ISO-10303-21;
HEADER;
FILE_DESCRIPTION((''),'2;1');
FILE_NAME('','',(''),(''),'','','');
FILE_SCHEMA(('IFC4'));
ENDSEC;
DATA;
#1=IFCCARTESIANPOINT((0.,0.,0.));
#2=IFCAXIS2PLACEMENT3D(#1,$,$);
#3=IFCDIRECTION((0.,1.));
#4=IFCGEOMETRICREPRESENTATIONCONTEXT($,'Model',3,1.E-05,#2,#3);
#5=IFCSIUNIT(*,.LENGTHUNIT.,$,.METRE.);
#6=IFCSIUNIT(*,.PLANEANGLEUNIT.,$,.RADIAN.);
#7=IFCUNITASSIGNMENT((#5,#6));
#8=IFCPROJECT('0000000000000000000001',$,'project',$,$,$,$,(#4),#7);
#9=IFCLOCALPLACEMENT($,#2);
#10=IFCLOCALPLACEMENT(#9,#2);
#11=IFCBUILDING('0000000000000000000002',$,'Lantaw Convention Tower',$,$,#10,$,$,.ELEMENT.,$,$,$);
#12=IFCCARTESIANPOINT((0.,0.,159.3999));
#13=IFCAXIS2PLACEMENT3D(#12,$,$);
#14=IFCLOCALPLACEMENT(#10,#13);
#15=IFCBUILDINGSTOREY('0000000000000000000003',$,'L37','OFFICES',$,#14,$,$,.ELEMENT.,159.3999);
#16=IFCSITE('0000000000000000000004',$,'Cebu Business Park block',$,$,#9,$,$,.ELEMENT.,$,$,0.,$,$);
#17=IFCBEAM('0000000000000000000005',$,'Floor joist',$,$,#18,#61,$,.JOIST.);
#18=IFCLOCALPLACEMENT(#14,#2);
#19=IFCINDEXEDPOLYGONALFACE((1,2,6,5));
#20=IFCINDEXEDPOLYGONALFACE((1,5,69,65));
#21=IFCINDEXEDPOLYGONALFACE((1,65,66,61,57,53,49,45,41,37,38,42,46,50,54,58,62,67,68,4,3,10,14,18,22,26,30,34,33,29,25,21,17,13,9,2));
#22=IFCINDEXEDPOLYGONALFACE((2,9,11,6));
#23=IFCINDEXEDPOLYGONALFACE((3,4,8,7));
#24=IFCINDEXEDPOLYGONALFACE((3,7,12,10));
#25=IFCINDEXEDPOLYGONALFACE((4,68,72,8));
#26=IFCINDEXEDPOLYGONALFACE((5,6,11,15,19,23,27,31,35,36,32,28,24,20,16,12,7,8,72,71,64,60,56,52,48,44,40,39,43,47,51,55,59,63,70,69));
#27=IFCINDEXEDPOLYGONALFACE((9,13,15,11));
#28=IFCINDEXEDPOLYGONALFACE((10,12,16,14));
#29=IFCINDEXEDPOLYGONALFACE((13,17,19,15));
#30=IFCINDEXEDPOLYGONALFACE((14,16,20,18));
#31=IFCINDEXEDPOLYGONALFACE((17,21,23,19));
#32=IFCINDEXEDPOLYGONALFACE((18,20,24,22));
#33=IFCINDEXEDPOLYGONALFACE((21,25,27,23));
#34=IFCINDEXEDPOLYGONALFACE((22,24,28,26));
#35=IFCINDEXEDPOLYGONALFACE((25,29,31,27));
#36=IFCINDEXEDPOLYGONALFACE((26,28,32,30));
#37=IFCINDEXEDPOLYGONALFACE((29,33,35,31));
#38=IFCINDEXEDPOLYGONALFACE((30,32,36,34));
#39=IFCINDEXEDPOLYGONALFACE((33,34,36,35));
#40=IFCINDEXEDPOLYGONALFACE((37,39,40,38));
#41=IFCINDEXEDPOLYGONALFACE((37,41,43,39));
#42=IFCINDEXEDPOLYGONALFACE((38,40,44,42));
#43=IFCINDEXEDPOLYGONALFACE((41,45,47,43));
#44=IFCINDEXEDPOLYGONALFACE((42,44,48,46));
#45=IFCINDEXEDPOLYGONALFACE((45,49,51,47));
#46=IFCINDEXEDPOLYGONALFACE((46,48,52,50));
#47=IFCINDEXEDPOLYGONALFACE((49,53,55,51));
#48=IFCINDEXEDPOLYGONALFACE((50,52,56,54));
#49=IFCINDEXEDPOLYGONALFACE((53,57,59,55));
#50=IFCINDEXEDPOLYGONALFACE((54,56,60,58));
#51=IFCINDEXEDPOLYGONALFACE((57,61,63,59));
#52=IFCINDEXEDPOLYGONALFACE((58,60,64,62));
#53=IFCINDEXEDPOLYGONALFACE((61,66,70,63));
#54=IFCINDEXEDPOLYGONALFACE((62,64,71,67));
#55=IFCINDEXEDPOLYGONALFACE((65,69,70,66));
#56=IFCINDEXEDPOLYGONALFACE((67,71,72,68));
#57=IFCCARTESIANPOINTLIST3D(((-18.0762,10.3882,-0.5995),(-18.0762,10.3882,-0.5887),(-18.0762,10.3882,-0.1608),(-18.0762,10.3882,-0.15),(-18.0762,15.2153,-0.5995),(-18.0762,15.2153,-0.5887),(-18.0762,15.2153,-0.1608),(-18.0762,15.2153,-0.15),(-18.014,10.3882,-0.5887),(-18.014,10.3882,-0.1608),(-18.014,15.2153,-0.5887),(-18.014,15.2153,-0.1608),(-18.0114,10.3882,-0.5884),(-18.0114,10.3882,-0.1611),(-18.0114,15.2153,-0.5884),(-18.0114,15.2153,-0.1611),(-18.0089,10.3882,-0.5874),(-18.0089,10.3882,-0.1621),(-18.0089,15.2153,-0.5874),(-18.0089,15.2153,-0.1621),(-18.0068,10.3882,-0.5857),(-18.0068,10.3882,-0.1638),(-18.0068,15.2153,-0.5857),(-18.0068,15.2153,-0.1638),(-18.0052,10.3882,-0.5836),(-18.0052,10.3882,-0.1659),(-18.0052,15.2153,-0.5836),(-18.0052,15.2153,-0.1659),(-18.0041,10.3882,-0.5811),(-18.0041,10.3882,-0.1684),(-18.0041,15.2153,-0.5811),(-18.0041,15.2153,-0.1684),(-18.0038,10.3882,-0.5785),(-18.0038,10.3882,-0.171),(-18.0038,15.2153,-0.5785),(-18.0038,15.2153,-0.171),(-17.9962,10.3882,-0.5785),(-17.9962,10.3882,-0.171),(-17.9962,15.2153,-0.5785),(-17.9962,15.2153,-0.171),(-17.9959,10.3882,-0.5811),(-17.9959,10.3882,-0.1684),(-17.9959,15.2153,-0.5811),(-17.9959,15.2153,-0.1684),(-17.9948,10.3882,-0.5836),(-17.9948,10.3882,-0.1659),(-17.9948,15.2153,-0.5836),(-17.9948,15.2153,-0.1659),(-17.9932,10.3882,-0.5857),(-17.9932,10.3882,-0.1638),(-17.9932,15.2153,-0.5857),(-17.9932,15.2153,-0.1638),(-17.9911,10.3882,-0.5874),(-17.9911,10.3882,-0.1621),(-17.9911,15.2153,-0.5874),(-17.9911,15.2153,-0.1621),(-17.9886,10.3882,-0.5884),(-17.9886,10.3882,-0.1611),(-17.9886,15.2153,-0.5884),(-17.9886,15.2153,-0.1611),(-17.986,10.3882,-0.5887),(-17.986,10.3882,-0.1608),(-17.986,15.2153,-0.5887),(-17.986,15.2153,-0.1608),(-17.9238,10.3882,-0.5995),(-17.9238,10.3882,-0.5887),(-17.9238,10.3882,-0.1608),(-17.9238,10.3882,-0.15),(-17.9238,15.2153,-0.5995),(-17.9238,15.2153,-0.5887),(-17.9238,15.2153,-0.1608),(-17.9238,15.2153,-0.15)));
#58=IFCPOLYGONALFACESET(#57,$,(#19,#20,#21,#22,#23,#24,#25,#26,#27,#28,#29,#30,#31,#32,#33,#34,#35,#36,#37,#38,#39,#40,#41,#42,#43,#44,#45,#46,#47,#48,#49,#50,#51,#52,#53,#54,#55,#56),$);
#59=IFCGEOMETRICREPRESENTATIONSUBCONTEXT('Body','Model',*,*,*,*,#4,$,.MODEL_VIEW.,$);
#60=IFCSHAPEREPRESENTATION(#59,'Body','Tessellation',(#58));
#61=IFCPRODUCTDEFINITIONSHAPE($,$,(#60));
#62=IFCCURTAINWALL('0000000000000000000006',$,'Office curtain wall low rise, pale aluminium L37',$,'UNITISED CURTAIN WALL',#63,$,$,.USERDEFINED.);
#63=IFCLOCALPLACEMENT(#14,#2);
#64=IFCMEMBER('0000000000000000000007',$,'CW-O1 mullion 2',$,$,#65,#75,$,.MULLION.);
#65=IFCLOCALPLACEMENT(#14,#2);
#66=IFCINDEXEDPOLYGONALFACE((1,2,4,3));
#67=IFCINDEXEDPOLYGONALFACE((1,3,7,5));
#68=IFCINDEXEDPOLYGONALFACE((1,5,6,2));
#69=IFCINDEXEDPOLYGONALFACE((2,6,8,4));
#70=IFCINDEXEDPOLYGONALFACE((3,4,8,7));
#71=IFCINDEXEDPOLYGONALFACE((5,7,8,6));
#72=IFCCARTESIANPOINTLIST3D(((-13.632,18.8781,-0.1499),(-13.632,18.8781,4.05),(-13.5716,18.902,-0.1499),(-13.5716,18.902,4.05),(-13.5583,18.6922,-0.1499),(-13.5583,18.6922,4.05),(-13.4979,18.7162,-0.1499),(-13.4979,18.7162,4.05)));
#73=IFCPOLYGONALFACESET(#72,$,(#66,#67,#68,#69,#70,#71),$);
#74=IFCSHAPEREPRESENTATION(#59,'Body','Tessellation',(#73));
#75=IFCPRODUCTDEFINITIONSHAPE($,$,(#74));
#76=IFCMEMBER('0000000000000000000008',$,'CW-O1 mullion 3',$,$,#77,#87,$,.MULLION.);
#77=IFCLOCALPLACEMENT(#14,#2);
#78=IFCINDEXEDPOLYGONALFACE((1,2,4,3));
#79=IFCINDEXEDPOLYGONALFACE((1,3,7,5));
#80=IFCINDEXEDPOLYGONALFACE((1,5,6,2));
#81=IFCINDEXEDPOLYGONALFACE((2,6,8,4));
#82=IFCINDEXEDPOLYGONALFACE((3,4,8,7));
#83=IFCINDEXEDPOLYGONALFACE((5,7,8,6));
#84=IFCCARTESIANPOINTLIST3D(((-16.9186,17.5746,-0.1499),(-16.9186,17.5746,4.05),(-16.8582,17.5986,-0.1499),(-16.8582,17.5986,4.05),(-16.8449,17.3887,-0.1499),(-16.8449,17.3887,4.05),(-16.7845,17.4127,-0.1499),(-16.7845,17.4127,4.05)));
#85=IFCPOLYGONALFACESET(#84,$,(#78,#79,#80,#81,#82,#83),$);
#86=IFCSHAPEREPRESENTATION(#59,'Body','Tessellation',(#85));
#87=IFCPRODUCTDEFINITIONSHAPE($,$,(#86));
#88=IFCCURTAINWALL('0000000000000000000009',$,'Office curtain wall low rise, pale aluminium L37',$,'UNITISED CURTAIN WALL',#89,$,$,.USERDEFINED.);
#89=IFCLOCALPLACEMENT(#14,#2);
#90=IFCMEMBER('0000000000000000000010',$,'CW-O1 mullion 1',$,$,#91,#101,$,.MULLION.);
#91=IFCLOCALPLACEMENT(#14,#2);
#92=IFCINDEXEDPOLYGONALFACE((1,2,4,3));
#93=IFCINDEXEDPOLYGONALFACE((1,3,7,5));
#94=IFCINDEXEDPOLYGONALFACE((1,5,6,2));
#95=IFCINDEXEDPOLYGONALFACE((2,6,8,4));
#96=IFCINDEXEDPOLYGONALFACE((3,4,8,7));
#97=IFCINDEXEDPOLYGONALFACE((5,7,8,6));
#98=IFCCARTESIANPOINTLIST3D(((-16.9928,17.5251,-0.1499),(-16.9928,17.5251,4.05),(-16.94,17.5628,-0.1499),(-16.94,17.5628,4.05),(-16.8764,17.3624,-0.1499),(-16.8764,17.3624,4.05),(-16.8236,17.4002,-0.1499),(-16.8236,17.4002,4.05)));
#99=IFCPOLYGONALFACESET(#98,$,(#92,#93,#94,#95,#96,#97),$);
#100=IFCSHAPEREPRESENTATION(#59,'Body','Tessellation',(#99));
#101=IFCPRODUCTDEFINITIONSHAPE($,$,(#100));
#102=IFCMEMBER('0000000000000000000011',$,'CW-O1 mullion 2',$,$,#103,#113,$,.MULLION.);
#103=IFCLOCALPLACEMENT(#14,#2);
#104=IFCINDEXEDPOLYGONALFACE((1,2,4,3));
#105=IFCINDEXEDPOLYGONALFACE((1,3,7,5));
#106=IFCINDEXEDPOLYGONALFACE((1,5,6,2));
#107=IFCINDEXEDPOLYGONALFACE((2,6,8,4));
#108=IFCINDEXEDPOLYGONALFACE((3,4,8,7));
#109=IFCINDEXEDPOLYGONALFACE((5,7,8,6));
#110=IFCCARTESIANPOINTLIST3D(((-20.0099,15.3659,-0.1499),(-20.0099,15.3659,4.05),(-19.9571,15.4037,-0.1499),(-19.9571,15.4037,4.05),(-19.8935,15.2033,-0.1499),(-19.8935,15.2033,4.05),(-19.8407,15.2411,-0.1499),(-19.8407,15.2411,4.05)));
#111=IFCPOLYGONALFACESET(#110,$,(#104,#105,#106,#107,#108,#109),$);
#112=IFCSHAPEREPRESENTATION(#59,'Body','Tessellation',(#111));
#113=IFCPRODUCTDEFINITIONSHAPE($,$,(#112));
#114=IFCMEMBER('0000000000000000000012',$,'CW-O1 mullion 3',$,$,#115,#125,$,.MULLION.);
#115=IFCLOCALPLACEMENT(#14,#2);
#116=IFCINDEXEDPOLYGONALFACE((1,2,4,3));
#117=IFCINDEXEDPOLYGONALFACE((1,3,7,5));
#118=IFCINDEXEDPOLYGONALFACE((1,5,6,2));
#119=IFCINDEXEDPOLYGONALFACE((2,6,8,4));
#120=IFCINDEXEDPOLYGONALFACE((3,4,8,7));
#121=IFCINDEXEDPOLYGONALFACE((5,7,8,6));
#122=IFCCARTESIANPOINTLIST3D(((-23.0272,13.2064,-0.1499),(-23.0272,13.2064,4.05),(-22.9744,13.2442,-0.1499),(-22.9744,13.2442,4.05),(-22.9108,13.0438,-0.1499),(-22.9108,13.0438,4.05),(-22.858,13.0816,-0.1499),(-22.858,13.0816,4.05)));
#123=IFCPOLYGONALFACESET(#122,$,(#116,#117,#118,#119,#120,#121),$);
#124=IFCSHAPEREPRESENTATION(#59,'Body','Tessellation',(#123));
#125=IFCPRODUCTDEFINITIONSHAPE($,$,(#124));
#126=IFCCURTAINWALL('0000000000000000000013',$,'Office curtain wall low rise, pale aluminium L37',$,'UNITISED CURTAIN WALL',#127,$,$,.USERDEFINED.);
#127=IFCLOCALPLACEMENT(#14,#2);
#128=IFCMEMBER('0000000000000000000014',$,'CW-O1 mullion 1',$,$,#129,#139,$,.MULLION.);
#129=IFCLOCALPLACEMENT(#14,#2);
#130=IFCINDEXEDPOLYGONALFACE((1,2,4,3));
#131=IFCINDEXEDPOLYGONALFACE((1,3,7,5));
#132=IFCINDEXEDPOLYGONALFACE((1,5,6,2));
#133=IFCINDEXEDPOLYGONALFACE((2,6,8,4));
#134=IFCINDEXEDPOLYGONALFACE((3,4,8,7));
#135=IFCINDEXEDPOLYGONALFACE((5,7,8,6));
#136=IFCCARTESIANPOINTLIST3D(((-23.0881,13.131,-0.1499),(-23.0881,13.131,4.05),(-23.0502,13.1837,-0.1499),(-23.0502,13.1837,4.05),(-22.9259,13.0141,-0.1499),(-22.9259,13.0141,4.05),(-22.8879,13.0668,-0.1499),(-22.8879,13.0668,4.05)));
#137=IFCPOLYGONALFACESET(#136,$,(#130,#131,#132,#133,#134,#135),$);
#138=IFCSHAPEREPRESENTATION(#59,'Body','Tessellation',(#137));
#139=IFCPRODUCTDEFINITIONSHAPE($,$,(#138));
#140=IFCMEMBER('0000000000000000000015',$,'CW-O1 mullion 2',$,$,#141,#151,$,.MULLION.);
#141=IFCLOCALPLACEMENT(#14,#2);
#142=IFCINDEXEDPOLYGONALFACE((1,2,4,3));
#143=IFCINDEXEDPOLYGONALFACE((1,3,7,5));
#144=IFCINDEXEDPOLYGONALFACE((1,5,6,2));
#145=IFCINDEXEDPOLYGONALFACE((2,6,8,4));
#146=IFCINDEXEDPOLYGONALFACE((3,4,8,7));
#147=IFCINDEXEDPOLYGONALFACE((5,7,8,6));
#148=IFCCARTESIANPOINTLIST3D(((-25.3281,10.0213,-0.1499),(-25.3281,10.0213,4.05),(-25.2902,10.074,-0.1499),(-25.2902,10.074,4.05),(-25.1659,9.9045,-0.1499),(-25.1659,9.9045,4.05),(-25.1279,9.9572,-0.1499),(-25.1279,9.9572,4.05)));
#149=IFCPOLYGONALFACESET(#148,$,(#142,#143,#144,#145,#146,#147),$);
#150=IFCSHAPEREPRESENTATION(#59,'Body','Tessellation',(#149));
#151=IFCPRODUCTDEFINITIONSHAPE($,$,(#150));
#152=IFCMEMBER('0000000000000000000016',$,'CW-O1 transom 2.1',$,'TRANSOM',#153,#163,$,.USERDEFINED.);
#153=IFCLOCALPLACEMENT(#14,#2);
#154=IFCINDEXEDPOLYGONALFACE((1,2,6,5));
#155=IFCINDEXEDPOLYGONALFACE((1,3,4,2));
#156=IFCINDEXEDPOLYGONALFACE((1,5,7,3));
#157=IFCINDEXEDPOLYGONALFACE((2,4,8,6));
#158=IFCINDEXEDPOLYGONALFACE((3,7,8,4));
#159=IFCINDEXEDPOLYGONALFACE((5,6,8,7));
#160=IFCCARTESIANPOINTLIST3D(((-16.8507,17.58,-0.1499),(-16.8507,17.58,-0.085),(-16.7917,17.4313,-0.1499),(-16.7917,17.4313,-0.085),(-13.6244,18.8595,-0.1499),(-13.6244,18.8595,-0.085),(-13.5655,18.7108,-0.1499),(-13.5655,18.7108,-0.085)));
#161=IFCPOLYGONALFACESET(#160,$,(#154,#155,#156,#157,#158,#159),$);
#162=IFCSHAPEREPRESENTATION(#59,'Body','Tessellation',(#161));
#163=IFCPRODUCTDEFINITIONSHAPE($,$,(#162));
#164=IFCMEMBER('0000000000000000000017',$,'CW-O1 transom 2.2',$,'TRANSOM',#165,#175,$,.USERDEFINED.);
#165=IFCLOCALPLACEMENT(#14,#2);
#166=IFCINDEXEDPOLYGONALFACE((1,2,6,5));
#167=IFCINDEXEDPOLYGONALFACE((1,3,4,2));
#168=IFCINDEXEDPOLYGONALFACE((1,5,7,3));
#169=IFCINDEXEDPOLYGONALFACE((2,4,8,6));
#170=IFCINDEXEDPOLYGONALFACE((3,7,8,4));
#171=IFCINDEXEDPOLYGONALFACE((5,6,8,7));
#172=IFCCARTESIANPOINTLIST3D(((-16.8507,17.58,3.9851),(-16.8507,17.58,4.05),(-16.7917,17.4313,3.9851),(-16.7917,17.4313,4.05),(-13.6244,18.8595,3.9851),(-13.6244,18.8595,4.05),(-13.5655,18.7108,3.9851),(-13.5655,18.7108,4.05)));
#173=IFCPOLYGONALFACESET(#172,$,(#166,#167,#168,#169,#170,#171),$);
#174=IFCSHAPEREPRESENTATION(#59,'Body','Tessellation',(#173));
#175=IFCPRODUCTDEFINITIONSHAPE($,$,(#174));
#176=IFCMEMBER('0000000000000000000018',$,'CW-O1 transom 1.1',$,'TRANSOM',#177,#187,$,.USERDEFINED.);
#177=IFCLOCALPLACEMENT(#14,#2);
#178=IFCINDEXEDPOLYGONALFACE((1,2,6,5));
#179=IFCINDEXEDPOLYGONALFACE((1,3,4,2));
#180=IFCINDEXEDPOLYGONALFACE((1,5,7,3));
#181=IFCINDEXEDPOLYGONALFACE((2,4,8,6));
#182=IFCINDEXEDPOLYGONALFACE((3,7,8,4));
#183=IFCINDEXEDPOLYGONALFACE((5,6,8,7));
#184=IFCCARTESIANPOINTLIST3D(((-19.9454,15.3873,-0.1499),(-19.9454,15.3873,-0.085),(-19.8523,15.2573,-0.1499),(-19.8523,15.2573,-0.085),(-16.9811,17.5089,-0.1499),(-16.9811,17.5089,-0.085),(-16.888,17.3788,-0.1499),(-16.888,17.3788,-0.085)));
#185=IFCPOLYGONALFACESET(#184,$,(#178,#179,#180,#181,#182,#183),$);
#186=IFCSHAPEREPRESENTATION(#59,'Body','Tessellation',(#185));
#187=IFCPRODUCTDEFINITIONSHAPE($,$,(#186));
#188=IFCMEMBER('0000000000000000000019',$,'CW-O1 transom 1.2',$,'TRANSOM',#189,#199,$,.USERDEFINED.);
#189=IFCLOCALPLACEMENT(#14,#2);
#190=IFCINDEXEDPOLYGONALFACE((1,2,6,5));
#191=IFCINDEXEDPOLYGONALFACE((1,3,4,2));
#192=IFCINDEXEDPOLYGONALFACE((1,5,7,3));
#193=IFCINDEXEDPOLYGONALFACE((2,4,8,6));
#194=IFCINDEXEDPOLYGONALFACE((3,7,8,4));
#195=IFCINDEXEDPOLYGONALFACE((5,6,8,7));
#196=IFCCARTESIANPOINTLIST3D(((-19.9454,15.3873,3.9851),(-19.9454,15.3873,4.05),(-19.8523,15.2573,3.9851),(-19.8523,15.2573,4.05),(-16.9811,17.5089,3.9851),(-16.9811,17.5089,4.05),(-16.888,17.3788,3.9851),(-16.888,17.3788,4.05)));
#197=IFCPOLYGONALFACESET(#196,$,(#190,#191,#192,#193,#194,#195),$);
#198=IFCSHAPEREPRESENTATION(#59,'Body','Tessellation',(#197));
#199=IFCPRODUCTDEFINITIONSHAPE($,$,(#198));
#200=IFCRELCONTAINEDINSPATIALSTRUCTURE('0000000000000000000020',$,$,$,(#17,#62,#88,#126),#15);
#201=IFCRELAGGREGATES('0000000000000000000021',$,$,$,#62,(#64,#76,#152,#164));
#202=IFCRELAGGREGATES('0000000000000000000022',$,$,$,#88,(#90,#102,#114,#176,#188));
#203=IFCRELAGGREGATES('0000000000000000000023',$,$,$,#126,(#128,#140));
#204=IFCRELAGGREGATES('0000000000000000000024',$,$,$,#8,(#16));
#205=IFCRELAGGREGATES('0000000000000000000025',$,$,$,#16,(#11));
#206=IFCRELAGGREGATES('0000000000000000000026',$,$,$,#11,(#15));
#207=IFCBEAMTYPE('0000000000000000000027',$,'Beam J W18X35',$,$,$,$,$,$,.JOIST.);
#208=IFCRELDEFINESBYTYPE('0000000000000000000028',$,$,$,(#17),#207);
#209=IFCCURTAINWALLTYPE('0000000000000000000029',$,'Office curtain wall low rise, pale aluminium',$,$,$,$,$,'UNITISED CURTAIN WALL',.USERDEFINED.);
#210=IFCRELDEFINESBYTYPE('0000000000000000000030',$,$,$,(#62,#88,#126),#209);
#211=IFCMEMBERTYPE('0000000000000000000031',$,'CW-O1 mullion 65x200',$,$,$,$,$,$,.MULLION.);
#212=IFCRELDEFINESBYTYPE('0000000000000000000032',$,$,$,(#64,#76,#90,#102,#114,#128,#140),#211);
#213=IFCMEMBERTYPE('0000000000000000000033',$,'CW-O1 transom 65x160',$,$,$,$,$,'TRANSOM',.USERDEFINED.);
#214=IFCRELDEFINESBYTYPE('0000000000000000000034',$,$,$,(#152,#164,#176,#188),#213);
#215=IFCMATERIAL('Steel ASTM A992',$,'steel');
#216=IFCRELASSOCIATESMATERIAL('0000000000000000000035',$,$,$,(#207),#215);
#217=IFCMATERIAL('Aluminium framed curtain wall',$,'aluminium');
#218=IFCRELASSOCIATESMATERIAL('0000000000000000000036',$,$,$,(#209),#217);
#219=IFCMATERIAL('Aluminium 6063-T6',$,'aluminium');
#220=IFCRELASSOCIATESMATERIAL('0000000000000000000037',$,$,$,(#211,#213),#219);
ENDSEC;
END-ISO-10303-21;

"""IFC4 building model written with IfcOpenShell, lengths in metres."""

from ifc_helpers import new_model, si_unit, direction, frame, origin, origin_2d, place, context, subcontext, project, spatial, rectangle, i_section, extrude, material, material_profile, profile_set, type_object, element, aggregate, save


model = new_model("IFC4")

# Units and contexts
model_context = context("Model", 3, precision=1e-05, world=origin(), true_north=direction((0.0, 1.0)))
body_context = subcontext(model_context, "Body", "Model", "MODEL_VIEW")
ifc_project = project(units=[si_unit("LENGTHUNIT", "METRE"), si_unit("PLANEANGLEUNIT", "RADIAN")], contexts=[model_context])

# Site, building, storey
site_placement = place(None, origin())
site = spatial("IfcSite", under=ifc_project, at=site_placement, Name="Cebu Business Park block", CompositionType="ELEMENT", RefElevation=0.0)
building_placement = place(site_placement, origin())
building = spatial("IfcBuilding", under=site, at=building_placement, Name="Lantaw Convention Tower", CompositionType="ELEMENT")
storey_placement = place(building_placement, frame((0.0, 0.0, 159.3999)))
storey = spatial("IfcBuildingStorey", under=building, at=storey_placement, Name="L37", Description="OFFICES", CompositionType="ELEMENT", Elevation=159.3999)

# Beam
ifc_material_1 = material(Name="Steel ASTM A992", Category="steel")
ifc_material_profile_1 = material_profile(ifc_material_1, i_section(OverallWidth=0.1523, OverallDepth=0.4495, WebThickness=0.0076, FlangeThickness=0.0107, FilletRadius=0.0103, at=origin_2d()), Name="W18X35")
ifc_profile_set_1 = profile_set([ifc_material_profile_1], Name="Steel ASTM A992")
beam_type_1 = type_object("IfcBeamType", Name="Beam J W18X35", PredefinedType="JOIST", material=ifc_profile_set_1)
beam_1_placement = place(storey_placement, frame((-18.0, 10.3882, -0.3748), z_axis=(0.0, 1.0, 0.0), x_axis=(-1.0, 0.0, 0.0)))
element("IfcBeam", 1, at=beam_1_placement, inside=storey, type_object=beam_type_1, Name="Floor joist", PredefinedType="JOIST", context=body_context, shape_type="SweptSolid", body=[
    extrude(i_section(OverallWidth=0.1523, OverallDepth=0.4495, WebThickness=0.0076, FlangeThickness=0.0107, FilletRadius=0.0103, at=origin_2d()), origin(), (0.0, 0.0, 1.0), 4.8271),
])

# Curtain walls, members
ifc_material_2 = material(Name="Aluminium framed curtain wall", Category="aluminium")
curtain_wall_type = type_object("IfcCurtainWallType", Name="Office curtain wall low rise, pale aluminium", ElementType="UNITISED CURTAIN WALL", PredefinedType="USERDEFINED", material=ifc_material_2)
curtain_wall_1_placement = place(storey_placement, origin())
curtain_wall_1 = element("IfcCurtainWall", 2, at=curtain_wall_1_placement, inside=storey, type_object=curtain_wall_type, Name="Office curtain wall low rise, pale aluminium L37", ObjectType="UNITISED CURTAIN WALL", PredefinedType="USERDEFINED")
ifc_material_3 = material(Name="Aluminium 6063-T6", Category="aluminium")
ifc_material_profile_2 = material_profile(ifc_material_3, rectangle(XDim=0.2, YDim=0.0649, at=origin_2d()), Name="CW-O1 mullion 65x200")
ifc_profile_set_2 = profile_set([ifc_material_profile_2], Name="Aluminium 6063-T6")
member_type_1 = type_object("IfcMemberType", Name="CW-O1 mullion 65x200", PredefinedType="MULLION", material=ifc_profile_set_2)
member_1_placement = place(storey_placement, frame((-13.5649, 18.7971, -0.1499), z_axis=(0.0, 0.0, 1.0), x_axis=(0.368702, -0.929548, 0.0)))
member_1 = element("IfcMember", 3, at=member_1_placement, type_object=member_type_1, Name="CW-O1 mullion 2", PredefinedType="MULLION", context=body_context, shape_type="SweptSolid", body=[
    extrude(rectangle(XDim=0.2, YDim=0.0649, at=origin_2d()), origin(), (0.0, 0.0, 1.0), 4.2),
])
member_2_placement = place(storey_placement, frame((-16.8516, 17.4937, -0.1499), z_axis=(0.0, 0.0, 1.0), x_axis=(0.368702, -0.929548, 0.0)))
member_2 = element("IfcMember", 4, at=member_2_placement, type_object=member_type_1, Name="CW-O1 mullion 3", PredefinedType="MULLION", context=body_context, shape_type="SweptSolid", body=[
    extrude(rectangle(XDim=0.2, YDim=0.0649, at=origin_2d()), origin(), (0.0, 0.0, 1.0), 4.2),
])
curtain_wall_2_placement = place(storey_placement, origin())
curtain_wall_2 = element("IfcCurtainWall", 5, at=curtain_wall_2_placement, inside=storey, type_object=curtain_wall_type, Name="Office curtain wall low rise, pale aluminium L37", ObjectType="UNITISED CURTAIN WALL", PredefinedType="USERDEFINED")
member_3_placement = place(storey_placement, frame((-16.9082, 17.4626, -0.1499), z_axis=(0.0, 0.0, 1.0), x_axis=(0.581973, -0.813208, 0.0)))
member_3 = element("IfcMember", 6, at=member_3_placement, type_object=member_type_1, Name="CW-O1 mullion 1", PredefinedType="MULLION", context=body_context, shape_type="SweptSolid", body=[
    extrude(rectangle(XDim=0.2, YDim=0.0649, at=origin_2d()), origin(), (0.0, 0.0, 1.0), 4.2),
])
member_4_placement = place(storey_placement, frame((-19.9253, 15.3035, -0.1499), z_axis=(0.0, 0.0, 1.0), x_axis=(0.581973, -0.813208, 0.0)))
member_4 = element("IfcMember", 7, at=member_4_placement, type_object=member_type_1, Name="CW-O1 mullion 2", PredefinedType="MULLION", context=body_context, shape_type="SweptSolid", body=[
    extrude(rectangle(XDim=0.2, YDim=0.0649, at=origin_2d()), origin(), (0.0, 0.0, 1.0), 4.2),
])
member_5_placement = place(storey_placement, frame((-22.9426, 13.144, -0.1499), z_axis=(0.0, 0.0, 1.0), x_axis=(0.581973, -0.813208, 0.0)))
member_5 = element("IfcMember", 8, at=member_5_placement, type_object=member_type_1, Name="CW-O1 mullion 3", PredefinedType="MULLION", context=body_context, shape_type="SweptSolid", body=[
    extrude(rectangle(XDim=0.2, YDim=0.0649, at=origin_2d()), origin(), (0.0, 0.0, 1.0), 4.2),
])
curtain_wall_3_placement = place(storey_placement, origin())
curtain_wall_3 = element("IfcCurtainWall", 9, at=curtain_wall_3_placement, inside=storey, type_object=curtain_wall_type, Name="Office curtain wall low rise, pale aluminium L37", ObjectType="UNITISED CURTAIN WALL", PredefinedType="USERDEFINED")
member_6_placement = place(storey_placement, frame((-22.988, 13.0989, -0.1499), z_axis=(0.0, 0.0, 1.0), x_axis=(0.811385, -0.584513, 0.0)))
member_6 = element("IfcMember", 10, at=member_6_placement, type_object=member_type_1, Name="CW-O1 mullion 1", PredefinedType="MULLION", context=body_context, shape_type="SweptSolid", body=[
    extrude(rectangle(XDim=0.2, YDim=0.0649, at=origin_2d()), origin(), (0.0, 0.0, 1.0), 4.2),
])
member_7_placement = place(storey_placement, frame((-25.228, 9.9893, -0.1499), z_axis=(0.0, 0.0, 1.0), x_axis=(0.811385, -0.584513, 0.0)))
member_7 = element("IfcMember", 11, at=member_7_placement, type_object=member_type_1, Name="CW-O1 mullion 2", PredefinedType="MULLION", context=body_context, shape_type="SweptSolid", body=[
    extrude(rectangle(XDim=0.2, YDim=0.0649, at=origin_2d()), origin(), (0.0, 0.0, 1.0), 4.2),
])

# Members
ifc_material_profile_3 = material_profile(ifc_material_3, rectangle(XDim=0.1599, YDim=0.0649, at=origin_2d()), Name="CW-O1 transom 65x160")
ifc_profile_set_3 = profile_set([ifc_material_profile_3], Name="Aluminium 6063-T6")
member_type_2 = type_object("IfcMemberType", Name="CW-O1 transom 65x160", ElementType="TRANSOM", PredefinedType="USERDEFINED", material=ifc_profile_set_3)
member_8_placement = place(storey_placement, frame((-13.595, 18.7852, -0.1174), z_axis=(-0.929564, -0.36866, 0.0), x_axis=(0.36866, -0.929564, 0.0)))
member_8 = element("IfcMember", 12, at=member_8_placement, type_object=member_type_2, Name="CW-O1 transom 2.1", ObjectType="TRANSOM", PredefinedType="USERDEFINED", context=body_context, shape_type="SweptSolid", body=[
    extrude(rectangle(XDim=0.1599, YDim=0.0649, at=origin_2d()), origin(), (0.0, 0.0, 1.0), 3.4707),
])
member_9_placement = place(storey_placement, frame((-13.595, 18.7852, 4.0176), z_axis=(-0.929564, -0.36866, 0.0), x_axis=(0.36866, -0.929564, 0.0)))
member_9 = element("IfcMember", 13, at=member_9_placement, type_object=member_type_2, Name="CW-O1 transom 2.2", ObjectType="TRANSOM", PredefinedType="USERDEFINED", context=body_context, shape_type="SweptSolid", body=[
    extrude(rectangle(XDim=0.1599, YDim=0.0649, at=origin_2d()), origin(), (0.0, 0.0, 1.0), 3.4707),
])
member_10_placement = place(storey_placement, frame((-16.9346, 17.4438, -0.1174), z_axis=(-0.81319, -0.581998, 0.0), x_axis=(0.581998, -0.81319, 0.0)))
member_10 = element("IfcMember", 14, at=member_10_placement, type_object=member_type_2, Name="CW-O1 transom 1.1", ObjectType="TRANSOM", PredefinedType="USERDEFINED", context=body_context, shape_type="SweptSolid", body=[
    extrude(rectangle(XDim=0.1599, YDim=0.0649, at=origin_2d()), origin(), (0.0, 0.0, 1.0), 3.6453),
])
member_11_placement = place(storey_placement, frame((-16.9346, 17.4438, 4.0176), z_axis=(-0.81319, -0.581998, 0.0), x_axis=(0.581998, -0.81319, 0.0)))
member_11 = element("IfcMember", 15, at=member_11_placement, type_object=member_type_2, Name="CW-O1 transom 1.2", ObjectType="TRANSOM", PredefinedType="USERDEFINED", context=body_context, shape_type="SweptSolid", body=[
    extrude(rectangle(XDim=0.1599, YDim=0.0649, at=origin_2d()), origin(), (0.0, 0.0, 1.0), 3.6453),
])

aggregate(curtain_wall_1, [member_1, member_2, member_8, member_9])
aggregate(curtain_wall_2, [member_3, member_4, member_5, member_10, member_11])
aggregate(curtain_wall_3, [member_6, member_7])

save(model, "model.ifc")
